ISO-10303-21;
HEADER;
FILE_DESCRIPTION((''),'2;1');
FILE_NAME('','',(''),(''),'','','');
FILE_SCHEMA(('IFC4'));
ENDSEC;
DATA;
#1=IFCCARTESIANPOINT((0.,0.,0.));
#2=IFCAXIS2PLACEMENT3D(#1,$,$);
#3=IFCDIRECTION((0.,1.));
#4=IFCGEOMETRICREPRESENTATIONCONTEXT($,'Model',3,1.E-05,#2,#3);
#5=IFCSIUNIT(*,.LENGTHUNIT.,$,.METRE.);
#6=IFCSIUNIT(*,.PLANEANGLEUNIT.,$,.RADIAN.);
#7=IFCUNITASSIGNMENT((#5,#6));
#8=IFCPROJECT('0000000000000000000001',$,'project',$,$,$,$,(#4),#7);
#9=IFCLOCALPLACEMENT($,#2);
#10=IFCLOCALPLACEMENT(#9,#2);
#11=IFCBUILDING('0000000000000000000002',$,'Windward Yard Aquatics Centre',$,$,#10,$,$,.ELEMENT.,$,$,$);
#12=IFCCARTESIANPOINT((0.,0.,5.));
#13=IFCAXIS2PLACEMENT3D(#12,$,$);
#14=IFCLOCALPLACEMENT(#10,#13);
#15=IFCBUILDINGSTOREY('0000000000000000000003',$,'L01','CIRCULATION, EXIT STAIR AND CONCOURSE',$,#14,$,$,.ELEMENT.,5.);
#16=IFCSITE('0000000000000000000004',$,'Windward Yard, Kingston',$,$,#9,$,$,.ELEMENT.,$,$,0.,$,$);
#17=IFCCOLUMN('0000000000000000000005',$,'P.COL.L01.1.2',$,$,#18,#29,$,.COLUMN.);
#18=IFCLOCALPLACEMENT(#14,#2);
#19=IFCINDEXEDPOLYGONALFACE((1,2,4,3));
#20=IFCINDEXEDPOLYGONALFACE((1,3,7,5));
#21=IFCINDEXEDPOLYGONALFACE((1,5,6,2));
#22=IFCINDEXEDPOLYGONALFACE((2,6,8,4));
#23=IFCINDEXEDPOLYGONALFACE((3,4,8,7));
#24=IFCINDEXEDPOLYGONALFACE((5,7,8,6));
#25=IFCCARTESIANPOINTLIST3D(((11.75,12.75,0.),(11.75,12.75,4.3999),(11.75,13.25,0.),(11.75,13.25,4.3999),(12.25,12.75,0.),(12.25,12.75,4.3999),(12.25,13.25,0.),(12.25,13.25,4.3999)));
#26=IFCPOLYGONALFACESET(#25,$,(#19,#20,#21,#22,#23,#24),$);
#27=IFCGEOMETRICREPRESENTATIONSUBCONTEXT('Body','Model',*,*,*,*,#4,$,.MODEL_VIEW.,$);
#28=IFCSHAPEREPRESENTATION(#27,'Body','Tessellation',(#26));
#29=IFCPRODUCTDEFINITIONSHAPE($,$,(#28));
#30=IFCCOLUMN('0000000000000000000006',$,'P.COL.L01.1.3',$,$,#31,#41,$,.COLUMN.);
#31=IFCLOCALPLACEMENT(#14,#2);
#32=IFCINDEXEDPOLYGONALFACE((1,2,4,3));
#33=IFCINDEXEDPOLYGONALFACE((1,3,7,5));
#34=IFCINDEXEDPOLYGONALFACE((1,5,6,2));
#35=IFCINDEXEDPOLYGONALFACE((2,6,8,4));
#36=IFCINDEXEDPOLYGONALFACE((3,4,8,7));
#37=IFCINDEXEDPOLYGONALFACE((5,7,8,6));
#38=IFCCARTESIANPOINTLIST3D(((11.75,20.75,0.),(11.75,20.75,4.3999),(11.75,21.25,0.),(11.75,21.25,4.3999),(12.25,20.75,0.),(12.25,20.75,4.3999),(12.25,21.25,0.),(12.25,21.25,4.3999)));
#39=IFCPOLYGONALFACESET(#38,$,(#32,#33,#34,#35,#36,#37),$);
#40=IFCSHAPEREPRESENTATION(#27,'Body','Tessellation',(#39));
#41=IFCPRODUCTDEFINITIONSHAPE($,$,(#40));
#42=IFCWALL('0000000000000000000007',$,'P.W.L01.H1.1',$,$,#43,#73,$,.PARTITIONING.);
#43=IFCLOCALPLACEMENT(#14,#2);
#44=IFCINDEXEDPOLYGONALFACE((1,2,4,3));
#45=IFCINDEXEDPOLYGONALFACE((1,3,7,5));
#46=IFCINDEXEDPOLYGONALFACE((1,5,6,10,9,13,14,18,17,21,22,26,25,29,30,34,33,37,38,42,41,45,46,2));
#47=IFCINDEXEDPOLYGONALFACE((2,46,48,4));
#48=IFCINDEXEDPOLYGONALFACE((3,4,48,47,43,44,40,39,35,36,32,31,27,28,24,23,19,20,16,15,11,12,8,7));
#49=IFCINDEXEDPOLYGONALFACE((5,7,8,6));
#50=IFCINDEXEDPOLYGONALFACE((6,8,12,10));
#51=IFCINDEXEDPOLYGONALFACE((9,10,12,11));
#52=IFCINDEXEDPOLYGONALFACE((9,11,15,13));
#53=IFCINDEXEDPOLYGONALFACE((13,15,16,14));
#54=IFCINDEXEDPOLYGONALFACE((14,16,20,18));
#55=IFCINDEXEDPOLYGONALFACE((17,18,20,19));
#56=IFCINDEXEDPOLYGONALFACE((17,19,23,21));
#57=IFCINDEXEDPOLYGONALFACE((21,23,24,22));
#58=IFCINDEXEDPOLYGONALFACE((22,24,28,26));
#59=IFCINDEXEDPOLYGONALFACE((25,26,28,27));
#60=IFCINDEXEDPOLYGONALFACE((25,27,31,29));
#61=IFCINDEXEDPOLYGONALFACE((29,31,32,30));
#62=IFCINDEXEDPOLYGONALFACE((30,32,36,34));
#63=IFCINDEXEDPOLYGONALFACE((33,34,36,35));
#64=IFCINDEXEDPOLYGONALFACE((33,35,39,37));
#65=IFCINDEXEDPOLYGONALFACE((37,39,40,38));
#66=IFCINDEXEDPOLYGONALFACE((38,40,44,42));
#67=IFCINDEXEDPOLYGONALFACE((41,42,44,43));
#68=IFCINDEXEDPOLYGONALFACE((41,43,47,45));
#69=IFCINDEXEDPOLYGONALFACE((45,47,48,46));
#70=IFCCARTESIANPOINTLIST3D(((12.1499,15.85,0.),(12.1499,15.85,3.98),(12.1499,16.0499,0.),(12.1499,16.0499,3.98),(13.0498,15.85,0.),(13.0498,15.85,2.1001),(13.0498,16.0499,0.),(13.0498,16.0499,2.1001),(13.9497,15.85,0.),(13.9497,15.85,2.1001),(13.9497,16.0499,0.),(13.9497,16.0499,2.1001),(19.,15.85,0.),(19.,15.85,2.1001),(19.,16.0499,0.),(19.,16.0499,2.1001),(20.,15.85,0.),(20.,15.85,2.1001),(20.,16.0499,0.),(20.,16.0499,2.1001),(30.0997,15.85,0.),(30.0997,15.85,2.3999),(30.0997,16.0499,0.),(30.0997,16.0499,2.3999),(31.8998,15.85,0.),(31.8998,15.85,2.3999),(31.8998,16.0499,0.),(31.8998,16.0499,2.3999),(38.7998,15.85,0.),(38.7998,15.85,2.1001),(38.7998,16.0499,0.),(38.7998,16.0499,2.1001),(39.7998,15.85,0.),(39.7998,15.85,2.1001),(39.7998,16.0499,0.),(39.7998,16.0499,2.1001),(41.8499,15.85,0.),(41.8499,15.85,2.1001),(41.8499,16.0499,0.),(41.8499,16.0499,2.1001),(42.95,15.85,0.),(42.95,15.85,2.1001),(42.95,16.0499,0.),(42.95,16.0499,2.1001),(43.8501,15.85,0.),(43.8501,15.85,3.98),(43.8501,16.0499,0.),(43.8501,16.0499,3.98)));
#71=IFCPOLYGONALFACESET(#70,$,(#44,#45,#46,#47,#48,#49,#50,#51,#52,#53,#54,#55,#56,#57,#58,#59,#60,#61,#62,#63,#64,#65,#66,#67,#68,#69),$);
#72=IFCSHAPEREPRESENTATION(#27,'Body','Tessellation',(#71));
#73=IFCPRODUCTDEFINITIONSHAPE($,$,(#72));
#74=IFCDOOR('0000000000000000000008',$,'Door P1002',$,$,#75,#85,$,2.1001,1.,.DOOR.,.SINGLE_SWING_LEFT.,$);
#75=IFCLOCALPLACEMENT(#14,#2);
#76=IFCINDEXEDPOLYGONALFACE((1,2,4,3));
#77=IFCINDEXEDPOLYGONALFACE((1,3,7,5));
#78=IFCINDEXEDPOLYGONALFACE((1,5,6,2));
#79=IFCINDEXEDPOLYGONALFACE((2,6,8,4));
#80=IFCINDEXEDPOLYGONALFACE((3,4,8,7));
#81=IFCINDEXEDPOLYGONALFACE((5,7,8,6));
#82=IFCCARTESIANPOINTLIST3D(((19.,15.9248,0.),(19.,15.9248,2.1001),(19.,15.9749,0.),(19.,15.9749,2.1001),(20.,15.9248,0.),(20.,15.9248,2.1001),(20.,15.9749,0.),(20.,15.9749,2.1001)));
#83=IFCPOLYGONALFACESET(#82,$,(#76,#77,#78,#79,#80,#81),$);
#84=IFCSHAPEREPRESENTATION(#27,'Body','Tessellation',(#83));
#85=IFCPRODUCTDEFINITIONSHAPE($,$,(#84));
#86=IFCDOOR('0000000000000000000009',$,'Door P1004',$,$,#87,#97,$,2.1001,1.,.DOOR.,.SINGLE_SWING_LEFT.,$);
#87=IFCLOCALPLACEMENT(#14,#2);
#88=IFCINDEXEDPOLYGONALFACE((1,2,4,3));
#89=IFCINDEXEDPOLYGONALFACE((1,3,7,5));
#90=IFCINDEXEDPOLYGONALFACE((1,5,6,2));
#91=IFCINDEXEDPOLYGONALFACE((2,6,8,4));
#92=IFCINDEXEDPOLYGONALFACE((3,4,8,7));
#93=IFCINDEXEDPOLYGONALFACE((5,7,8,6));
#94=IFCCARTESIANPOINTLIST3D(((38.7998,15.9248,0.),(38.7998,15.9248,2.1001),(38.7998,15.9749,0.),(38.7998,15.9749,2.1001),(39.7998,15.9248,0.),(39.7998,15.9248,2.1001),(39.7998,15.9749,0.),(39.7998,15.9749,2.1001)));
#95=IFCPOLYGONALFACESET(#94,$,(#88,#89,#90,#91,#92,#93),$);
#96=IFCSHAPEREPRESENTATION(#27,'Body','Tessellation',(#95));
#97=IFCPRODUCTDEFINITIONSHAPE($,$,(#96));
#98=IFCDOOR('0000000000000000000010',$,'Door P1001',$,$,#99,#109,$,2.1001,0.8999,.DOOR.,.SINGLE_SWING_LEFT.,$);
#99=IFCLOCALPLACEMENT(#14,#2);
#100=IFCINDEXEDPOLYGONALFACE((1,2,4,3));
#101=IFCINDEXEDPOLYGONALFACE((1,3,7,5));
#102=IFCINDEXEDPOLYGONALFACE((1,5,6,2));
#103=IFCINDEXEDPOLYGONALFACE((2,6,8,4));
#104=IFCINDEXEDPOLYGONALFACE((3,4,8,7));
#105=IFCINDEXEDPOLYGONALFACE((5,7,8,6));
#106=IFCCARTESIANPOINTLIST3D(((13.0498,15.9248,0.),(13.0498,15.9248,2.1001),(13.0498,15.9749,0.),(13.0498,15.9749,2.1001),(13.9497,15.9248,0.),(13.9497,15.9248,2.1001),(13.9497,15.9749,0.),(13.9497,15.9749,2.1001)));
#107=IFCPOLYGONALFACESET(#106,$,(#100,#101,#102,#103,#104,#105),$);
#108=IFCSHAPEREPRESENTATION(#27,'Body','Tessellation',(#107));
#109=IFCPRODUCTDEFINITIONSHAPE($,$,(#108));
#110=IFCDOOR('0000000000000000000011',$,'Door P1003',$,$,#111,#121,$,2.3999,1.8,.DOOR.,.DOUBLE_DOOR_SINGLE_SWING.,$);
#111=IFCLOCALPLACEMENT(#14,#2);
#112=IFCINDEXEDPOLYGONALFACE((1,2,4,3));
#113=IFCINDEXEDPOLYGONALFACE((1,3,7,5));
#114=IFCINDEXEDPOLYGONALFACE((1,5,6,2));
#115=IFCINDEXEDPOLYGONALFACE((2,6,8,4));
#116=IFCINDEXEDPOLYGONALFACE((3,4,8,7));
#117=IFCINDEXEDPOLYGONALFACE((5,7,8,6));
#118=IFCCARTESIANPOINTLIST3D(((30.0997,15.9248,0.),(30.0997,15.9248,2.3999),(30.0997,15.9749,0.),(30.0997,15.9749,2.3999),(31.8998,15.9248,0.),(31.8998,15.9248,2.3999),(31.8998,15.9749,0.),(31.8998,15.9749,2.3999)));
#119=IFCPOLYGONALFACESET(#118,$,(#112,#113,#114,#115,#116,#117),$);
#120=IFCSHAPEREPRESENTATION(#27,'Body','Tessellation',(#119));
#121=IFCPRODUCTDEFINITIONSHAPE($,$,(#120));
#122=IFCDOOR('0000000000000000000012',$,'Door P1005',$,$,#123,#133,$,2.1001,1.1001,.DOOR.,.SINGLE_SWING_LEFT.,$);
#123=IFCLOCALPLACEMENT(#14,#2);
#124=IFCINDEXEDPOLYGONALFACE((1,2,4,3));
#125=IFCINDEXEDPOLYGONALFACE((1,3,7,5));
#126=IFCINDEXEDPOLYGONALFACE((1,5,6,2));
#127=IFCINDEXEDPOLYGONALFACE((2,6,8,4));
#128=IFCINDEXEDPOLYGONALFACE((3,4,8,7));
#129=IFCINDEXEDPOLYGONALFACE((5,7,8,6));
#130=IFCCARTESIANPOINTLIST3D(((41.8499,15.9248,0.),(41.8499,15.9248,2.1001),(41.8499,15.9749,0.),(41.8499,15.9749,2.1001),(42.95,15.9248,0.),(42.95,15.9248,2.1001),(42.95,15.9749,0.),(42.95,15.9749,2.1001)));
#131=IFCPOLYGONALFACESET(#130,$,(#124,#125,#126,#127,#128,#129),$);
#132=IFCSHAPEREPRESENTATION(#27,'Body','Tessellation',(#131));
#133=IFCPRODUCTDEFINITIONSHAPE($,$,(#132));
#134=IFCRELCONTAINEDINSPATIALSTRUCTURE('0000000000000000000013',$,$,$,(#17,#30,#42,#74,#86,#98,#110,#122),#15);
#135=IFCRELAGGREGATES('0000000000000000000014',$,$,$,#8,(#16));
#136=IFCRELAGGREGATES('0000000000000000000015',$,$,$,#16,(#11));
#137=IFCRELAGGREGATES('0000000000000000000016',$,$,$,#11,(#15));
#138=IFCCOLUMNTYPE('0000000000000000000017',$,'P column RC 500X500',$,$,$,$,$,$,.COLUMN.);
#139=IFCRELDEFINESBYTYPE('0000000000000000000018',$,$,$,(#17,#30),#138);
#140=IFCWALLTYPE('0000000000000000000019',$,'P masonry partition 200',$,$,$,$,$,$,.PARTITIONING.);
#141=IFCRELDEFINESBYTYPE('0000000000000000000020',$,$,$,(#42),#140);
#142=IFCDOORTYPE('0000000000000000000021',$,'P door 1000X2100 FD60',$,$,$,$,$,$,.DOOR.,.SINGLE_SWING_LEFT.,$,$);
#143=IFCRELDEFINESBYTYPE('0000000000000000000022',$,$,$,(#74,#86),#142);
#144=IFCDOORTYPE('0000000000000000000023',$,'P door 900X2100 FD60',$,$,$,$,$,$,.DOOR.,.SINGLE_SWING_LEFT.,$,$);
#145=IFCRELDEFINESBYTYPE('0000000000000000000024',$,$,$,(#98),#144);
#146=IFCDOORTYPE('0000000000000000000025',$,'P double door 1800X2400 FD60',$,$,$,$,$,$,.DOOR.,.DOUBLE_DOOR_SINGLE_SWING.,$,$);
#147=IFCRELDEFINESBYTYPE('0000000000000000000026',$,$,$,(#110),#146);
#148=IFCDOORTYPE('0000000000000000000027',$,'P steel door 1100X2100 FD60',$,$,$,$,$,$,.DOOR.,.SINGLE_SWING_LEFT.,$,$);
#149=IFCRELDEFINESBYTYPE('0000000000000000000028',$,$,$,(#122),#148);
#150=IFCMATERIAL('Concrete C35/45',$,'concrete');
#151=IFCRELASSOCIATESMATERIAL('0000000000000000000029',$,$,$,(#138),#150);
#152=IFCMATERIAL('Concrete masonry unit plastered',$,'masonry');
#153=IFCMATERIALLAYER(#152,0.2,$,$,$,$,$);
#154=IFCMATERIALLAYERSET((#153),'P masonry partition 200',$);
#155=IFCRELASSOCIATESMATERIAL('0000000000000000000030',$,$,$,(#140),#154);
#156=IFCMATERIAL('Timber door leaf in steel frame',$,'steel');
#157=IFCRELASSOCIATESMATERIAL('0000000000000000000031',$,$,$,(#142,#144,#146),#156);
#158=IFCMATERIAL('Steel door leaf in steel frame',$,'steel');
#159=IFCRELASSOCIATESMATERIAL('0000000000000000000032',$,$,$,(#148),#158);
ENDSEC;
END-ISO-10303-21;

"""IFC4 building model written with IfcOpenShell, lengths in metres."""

from ifc_helpers import new_model, si_unit, direction, frame, frame_2d, origin, origin_2d, place, context, subcontext, project, spatial, rectangle, extrude, material, layer, layer_set, material_profile, profile_set, type_object, element, fill, save


model = new_model("IFC4")

# Units and contexts
model_context = context("Model", 3, precision=1e-05, world=origin(), true_north=direction((0.0, 1.0)))
body_context = subcontext(model_context, "Body", "Model", "MODEL_VIEW")
ifc_project = project(units=[si_unit("LENGTHUNIT", "METRE"), si_unit("PLANEANGLEUNIT", "RADIAN")], contexts=[model_context])

# Site, building, storey
site_placement = place(None, origin())
site = spatial("IfcSite", under=ifc_project, at=site_placement, Name="Windward Yard, Kingston", CompositionType="ELEMENT", RefElevation=0.0)
building_placement = place(site_placement, origin())
building = spatial("IfcBuilding", under=site, at=building_placement, Name="Windward Yard Aquatics Centre", CompositionType="ELEMENT")
storey_placement = place(building_placement, frame((0.0, 0.0, 5.0)))
storey = spatial("IfcBuildingStorey", under=building, at=storey_placement, Name="L01", Description="CIRCULATION, EXIT STAIR AND CONCOURSE", CompositionType="ELEMENT", Elevation=5.0)

# Columns
ifc_material_1 = material(Name="Concrete C35/45", Category="concrete")
ifc_material_profile = material_profile(ifc_material_1, rectangle(XDim=0.5, YDim=0.5, at=origin_2d()), Name="RC 500X500")
ifc_profile_set = profile_set([ifc_material_profile], Name="Concrete C35/45")
column_type = type_object("IfcColumnType", Name="P column RC 500X500", PredefinedType="COLUMN", material=ifc_profile_set)
for number, where, z_axis, x_axis, name in (
    (1, (12.0, 13.0, 0.0), (0.0, 0.0, 1.0), (1.0, 0.0, 0.0), "P.COL.L01.1.2"),
    (2, (12.0, 21.0, 0.0), (0.0, 0.0, 1.0), (1.0, 0.0, 0.0), "P.COL.L01.1.3"),
):
    element("IfcColumn", number, at=place(storey_placement, frame(where, z_axis=z_axis, x_axis=x_axis)), inside=storey, type_object=column_type, Name=name, PredefinedType="COLUMN", context=body_context, shape_type="SweptSolid", body=[
        extrude(rectangle(XDim=0.5, YDim=0.5, at=origin_2d()), origin(), (0.0, 0.0, 1.0), 4.3999),
    ])

# Wall, openings, doors
ifc_material_2 = material(Name="Concrete masonry unit plastered", Category="masonry")
ifc_layer_1 = layer(ifc_material_2, 0.2)
ifc_layer_set_1 = layer_set([ifc_layer_1], Name="P masonry partition 200")
wall_type_1 = type_object("IfcWallType", Name="P masonry partition 200", PredefinedType="PARTITIONING", material=ifc_layer_set_1)
wall_1_placement = place(storey_placement, frame((12.1499, 15.95, 0.0), z_axis=(0.0, 0.0, 1.0), x_axis=(1.0, 0.0, 0.0)))
wall_1 = element("IfcWall", 3, at=wall_1_placement, inside=storey, type_object=wall_type_1, Name="P.W.L01.H1.1", PredefinedType="PARTITIONING", context=body_context, shape_type="SweptSolid", body=[
    extrude(rectangle(XDim=31.7002, YDim=0.2, at=frame_2d((15.8501, 0.0))), origin(), (0.0, 0.0, 1.0), 3.98),
])
opening_1_placement = place(wall_1_placement, frame((0.8999, 0.0, 0.0)))
opening_1 = element("IfcOpeningElement", 4, at=opening_1_placement, cuts=wall_1, PredefinedType="OPENING", context=body_context, shape_type="SweptSolid", body=[
    extrude(rectangle(XDim=0.8999, YDim=2.1001, at=frame_2d((0.45, 1.05))), frame((0.0, 0.1099, 0.0), z_axis=(0.0, -1.0, 0.0), x_axis=(1.0, 0.0, 0.0)), (0.0, 0.0, 1.0), 0.22),
])
opening_2_placement = place(wall_1_placement, frame((6.8501, 0.0, 0.0)))
opening_2 = element("IfcOpeningElement", 5, at=opening_2_placement, cuts=wall_1, PredefinedType="OPENING", context=body_context, shape_type="SweptSolid", body=[
    extrude(rectangle(XDim=1.0, YDim=2.1001, at=frame_2d((0.5, 1.05))), frame((0.0, 0.1099, 0.0), z_axis=(0.0, -1.0, 0.0), x_axis=(1.0, 0.0, 0.0)), (0.0, 0.0, 1.0), 0.22),
])
opening_3_placement = place(wall_1_placement, frame((17.95, 0.0, 0.0)))
opening_3 = element("IfcOpeningElement", 6, at=opening_3_placement, cuts=wall_1, PredefinedType="OPENING", context=body_context, shape_type="SweptSolid", body=[
    extrude(rectangle(XDim=1.8, YDim=2.3999, at=frame_2d((0.8999, 1.2))), frame((0.0, 0.1099, 0.0), z_axis=(0.0, -1.0, 0.0), x_axis=(1.0, 0.0, 0.0)), (0.0, 0.0, 1.0), 0.22),
])
opening_4_placement = place(wall_1_placement, frame((26.6499, 0.0, 0.0)))
opening_4 = element("IfcOpeningElement", 7, at=opening_4_placement, cuts=wall_1, PredefinedType="OPENING", context=body_context, shape_type="SweptSolid", body=[
    extrude(rectangle(XDim=1.0, YDim=2.1001, at=frame_2d((0.5, 1.05))), frame((0.0, 0.1099, 0.0), z_axis=(0.0, -1.0, 0.0), x_axis=(1.0, 0.0, 0.0)), (0.0, 0.0, 1.0), 0.22),
])
opening_5_placement = place(wall_1_placement, frame((29.7, 0.0, 0.0)))
opening_5 = element("IfcOpeningElement", 8, at=opening_5_placement, cuts=wall_1, PredefinedType="OPENING", context=body_context, shape_type="SweptSolid", body=[
    extrude(rectangle(XDim=1.1001, YDim=2.1001, at=frame_2d((0.55, 1.05))), frame((0.0, 0.1099, 0.0), z_axis=(0.0, -1.0, 0.0), x_axis=(1.0, 0.0, 0.0)), (0.0, 0.0, 1.0), 0.22),
])
ifc_material_3 = material(Name="Timber door leaf in steel frame", Category="steel")
door_type_1 = type_object("IfcDoorType", Name="P door 1000X2100 FD60", OperationType="SINGLE_SWING_LEFT", PredefinedType="DOOR", material=ifc_material_3)
door_1_placement = place(opening_2_placement, origin())
door_1 = element("IfcDoor", 9, at=door_1_placement, inside=storey, type_object=door_type_1, Name="Door P1002", OperationType="SINGLE_SWING_LEFT", OverallHeight=2.1001, OverallWidth=1.0, PredefinedType="DOOR", context=body_context, shape_type="SweptSolid", body=[
    extrude(rectangle(XDim=1.0, YDim=2.1001, at=frame_2d((0.5, 1.05))), frame((0.0, 0.0249, 0.0), z_axis=(0.0, -1.0, 0.0), x_axis=(1.0, 0.0, 0.0)), (0.0, 0.0, 1.0), 0.05),
])
fill(opening_2, door_1)
door_2_placement = place(opening_4_placement, origin())
door_2 = element("IfcDoor", 10, at=door_2_placement, inside=storey, type_object=door_type_1, Name="Door P1004", OperationType="SINGLE_SWING_LEFT", OverallHeight=2.1001, OverallWidth=1.0, PredefinedType="DOOR", context=body_context, shape_type="SweptSolid", body=[
    extrude(rectangle(XDim=1.0, YDim=2.1001, at=frame_2d((0.5, 1.05))), frame((0.0, 0.0249, 0.0), z_axis=(0.0, -1.0, 0.0), x_axis=(1.0, 0.0, 0.0)), (0.0, 0.0, 1.0), 0.05),
])
fill(opening_4, door_2)
door_type_2 = type_object("IfcDoorType", Name="P door 900X2100 FD60", OperationType="SINGLE_SWING_LEFT", PredefinedType="DOOR", material=ifc_material_3)
door_3_placement = place(opening_1_placement, origin())
door_3 = element("IfcDoor", 11, at=door_3_placement, inside=storey, type_object=door_type_2, Name="Door P1001", OperationType="SINGLE_SWING_LEFT", OverallHeight=2.1001, OverallWidth=0.8999, PredefinedType="DOOR", context=body_context, shape_type="SweptSolid", body=[
    extrude(rectangle(XDim=0.8999, YDim=2.1001, at=frame_2d((0.45, 1.05))), frame((0.0, 0.0249, 0.0), z_axis=(0.0, -1.0, 0.0), x_axis=(1.0, 0.0, 0.0)), (0.0, 0.0, 1.0), 0.05),
])
fill(opening_1, door_3)
door_type_3 = type_object("IfcDoorType", Name="P double door 1800X2400 FD60", OperationType="DOUBLE_DOOR_SINGLE_SWING", PredefinedType="DOOR", material=ifc_material_3)
door_4_placement = place(opening_3_placement, origin())
door_4 = element("IfcDoor", 12, at=door_4_placement, inside=storey, type_object=door_type_3, Name="Door P1003", OperationType="DOUBLE_DOOR_SINGLE_SWING", OverallHeight=2.3999, OverallWidth=1.8, PredefinedType="DOOR", context=body_context, shape_type="SweptSolid", body=[
    extrude(rectangle(XDim=1.8, YDim=2.3999, at=frame_2d((0.8999, 1.2))), frame((0.0, 0.0249, 0.0), z_axis=(0.0, -1.0, 0.0), x_axis=(1.0, 0.0, 0.0)), (0.0, 0.0, 1.0), 0.05),
])
fill(opening_3, door_4)
ifc_material_4 = material(Name="Steel door leaf in steel frame", Category="steel")
door_type_4 = type_object("IfcDoorType", Name="P steel door 1100X2100 FD60", OperationType="SINGLE_SWING_LEFT", PredefinedType="DOOR", material=ifc_material_4)
door_5_placement = place(opening_5_placement, origin())
door_5 = element("IfcDoor", 13, at=door_5_placement, inside=storey, type_object=door_type_4, Name="Door P1005", OperationType="SINGLE_SWING_LEFT", OverallHeight=2.1001, OverallWidth=1.1001, PredefinedType="DOOR", context=body_context, shape_type="SweptSolid", body=[
    extrude(rectangle(XDim=1.1001, YDim=2.1001, at=frame_2d((0.55, 1.05))), frame((0.0, 0.0249, 0.0), z_axis=(0.0, -1.0, 0.0), x_axis=(1.0, 0.0, 0.0)), (0.0, 0.0, 1.0), 0.05),
])
fill(opening_5, door_5)

save(model, "model.ifc")
